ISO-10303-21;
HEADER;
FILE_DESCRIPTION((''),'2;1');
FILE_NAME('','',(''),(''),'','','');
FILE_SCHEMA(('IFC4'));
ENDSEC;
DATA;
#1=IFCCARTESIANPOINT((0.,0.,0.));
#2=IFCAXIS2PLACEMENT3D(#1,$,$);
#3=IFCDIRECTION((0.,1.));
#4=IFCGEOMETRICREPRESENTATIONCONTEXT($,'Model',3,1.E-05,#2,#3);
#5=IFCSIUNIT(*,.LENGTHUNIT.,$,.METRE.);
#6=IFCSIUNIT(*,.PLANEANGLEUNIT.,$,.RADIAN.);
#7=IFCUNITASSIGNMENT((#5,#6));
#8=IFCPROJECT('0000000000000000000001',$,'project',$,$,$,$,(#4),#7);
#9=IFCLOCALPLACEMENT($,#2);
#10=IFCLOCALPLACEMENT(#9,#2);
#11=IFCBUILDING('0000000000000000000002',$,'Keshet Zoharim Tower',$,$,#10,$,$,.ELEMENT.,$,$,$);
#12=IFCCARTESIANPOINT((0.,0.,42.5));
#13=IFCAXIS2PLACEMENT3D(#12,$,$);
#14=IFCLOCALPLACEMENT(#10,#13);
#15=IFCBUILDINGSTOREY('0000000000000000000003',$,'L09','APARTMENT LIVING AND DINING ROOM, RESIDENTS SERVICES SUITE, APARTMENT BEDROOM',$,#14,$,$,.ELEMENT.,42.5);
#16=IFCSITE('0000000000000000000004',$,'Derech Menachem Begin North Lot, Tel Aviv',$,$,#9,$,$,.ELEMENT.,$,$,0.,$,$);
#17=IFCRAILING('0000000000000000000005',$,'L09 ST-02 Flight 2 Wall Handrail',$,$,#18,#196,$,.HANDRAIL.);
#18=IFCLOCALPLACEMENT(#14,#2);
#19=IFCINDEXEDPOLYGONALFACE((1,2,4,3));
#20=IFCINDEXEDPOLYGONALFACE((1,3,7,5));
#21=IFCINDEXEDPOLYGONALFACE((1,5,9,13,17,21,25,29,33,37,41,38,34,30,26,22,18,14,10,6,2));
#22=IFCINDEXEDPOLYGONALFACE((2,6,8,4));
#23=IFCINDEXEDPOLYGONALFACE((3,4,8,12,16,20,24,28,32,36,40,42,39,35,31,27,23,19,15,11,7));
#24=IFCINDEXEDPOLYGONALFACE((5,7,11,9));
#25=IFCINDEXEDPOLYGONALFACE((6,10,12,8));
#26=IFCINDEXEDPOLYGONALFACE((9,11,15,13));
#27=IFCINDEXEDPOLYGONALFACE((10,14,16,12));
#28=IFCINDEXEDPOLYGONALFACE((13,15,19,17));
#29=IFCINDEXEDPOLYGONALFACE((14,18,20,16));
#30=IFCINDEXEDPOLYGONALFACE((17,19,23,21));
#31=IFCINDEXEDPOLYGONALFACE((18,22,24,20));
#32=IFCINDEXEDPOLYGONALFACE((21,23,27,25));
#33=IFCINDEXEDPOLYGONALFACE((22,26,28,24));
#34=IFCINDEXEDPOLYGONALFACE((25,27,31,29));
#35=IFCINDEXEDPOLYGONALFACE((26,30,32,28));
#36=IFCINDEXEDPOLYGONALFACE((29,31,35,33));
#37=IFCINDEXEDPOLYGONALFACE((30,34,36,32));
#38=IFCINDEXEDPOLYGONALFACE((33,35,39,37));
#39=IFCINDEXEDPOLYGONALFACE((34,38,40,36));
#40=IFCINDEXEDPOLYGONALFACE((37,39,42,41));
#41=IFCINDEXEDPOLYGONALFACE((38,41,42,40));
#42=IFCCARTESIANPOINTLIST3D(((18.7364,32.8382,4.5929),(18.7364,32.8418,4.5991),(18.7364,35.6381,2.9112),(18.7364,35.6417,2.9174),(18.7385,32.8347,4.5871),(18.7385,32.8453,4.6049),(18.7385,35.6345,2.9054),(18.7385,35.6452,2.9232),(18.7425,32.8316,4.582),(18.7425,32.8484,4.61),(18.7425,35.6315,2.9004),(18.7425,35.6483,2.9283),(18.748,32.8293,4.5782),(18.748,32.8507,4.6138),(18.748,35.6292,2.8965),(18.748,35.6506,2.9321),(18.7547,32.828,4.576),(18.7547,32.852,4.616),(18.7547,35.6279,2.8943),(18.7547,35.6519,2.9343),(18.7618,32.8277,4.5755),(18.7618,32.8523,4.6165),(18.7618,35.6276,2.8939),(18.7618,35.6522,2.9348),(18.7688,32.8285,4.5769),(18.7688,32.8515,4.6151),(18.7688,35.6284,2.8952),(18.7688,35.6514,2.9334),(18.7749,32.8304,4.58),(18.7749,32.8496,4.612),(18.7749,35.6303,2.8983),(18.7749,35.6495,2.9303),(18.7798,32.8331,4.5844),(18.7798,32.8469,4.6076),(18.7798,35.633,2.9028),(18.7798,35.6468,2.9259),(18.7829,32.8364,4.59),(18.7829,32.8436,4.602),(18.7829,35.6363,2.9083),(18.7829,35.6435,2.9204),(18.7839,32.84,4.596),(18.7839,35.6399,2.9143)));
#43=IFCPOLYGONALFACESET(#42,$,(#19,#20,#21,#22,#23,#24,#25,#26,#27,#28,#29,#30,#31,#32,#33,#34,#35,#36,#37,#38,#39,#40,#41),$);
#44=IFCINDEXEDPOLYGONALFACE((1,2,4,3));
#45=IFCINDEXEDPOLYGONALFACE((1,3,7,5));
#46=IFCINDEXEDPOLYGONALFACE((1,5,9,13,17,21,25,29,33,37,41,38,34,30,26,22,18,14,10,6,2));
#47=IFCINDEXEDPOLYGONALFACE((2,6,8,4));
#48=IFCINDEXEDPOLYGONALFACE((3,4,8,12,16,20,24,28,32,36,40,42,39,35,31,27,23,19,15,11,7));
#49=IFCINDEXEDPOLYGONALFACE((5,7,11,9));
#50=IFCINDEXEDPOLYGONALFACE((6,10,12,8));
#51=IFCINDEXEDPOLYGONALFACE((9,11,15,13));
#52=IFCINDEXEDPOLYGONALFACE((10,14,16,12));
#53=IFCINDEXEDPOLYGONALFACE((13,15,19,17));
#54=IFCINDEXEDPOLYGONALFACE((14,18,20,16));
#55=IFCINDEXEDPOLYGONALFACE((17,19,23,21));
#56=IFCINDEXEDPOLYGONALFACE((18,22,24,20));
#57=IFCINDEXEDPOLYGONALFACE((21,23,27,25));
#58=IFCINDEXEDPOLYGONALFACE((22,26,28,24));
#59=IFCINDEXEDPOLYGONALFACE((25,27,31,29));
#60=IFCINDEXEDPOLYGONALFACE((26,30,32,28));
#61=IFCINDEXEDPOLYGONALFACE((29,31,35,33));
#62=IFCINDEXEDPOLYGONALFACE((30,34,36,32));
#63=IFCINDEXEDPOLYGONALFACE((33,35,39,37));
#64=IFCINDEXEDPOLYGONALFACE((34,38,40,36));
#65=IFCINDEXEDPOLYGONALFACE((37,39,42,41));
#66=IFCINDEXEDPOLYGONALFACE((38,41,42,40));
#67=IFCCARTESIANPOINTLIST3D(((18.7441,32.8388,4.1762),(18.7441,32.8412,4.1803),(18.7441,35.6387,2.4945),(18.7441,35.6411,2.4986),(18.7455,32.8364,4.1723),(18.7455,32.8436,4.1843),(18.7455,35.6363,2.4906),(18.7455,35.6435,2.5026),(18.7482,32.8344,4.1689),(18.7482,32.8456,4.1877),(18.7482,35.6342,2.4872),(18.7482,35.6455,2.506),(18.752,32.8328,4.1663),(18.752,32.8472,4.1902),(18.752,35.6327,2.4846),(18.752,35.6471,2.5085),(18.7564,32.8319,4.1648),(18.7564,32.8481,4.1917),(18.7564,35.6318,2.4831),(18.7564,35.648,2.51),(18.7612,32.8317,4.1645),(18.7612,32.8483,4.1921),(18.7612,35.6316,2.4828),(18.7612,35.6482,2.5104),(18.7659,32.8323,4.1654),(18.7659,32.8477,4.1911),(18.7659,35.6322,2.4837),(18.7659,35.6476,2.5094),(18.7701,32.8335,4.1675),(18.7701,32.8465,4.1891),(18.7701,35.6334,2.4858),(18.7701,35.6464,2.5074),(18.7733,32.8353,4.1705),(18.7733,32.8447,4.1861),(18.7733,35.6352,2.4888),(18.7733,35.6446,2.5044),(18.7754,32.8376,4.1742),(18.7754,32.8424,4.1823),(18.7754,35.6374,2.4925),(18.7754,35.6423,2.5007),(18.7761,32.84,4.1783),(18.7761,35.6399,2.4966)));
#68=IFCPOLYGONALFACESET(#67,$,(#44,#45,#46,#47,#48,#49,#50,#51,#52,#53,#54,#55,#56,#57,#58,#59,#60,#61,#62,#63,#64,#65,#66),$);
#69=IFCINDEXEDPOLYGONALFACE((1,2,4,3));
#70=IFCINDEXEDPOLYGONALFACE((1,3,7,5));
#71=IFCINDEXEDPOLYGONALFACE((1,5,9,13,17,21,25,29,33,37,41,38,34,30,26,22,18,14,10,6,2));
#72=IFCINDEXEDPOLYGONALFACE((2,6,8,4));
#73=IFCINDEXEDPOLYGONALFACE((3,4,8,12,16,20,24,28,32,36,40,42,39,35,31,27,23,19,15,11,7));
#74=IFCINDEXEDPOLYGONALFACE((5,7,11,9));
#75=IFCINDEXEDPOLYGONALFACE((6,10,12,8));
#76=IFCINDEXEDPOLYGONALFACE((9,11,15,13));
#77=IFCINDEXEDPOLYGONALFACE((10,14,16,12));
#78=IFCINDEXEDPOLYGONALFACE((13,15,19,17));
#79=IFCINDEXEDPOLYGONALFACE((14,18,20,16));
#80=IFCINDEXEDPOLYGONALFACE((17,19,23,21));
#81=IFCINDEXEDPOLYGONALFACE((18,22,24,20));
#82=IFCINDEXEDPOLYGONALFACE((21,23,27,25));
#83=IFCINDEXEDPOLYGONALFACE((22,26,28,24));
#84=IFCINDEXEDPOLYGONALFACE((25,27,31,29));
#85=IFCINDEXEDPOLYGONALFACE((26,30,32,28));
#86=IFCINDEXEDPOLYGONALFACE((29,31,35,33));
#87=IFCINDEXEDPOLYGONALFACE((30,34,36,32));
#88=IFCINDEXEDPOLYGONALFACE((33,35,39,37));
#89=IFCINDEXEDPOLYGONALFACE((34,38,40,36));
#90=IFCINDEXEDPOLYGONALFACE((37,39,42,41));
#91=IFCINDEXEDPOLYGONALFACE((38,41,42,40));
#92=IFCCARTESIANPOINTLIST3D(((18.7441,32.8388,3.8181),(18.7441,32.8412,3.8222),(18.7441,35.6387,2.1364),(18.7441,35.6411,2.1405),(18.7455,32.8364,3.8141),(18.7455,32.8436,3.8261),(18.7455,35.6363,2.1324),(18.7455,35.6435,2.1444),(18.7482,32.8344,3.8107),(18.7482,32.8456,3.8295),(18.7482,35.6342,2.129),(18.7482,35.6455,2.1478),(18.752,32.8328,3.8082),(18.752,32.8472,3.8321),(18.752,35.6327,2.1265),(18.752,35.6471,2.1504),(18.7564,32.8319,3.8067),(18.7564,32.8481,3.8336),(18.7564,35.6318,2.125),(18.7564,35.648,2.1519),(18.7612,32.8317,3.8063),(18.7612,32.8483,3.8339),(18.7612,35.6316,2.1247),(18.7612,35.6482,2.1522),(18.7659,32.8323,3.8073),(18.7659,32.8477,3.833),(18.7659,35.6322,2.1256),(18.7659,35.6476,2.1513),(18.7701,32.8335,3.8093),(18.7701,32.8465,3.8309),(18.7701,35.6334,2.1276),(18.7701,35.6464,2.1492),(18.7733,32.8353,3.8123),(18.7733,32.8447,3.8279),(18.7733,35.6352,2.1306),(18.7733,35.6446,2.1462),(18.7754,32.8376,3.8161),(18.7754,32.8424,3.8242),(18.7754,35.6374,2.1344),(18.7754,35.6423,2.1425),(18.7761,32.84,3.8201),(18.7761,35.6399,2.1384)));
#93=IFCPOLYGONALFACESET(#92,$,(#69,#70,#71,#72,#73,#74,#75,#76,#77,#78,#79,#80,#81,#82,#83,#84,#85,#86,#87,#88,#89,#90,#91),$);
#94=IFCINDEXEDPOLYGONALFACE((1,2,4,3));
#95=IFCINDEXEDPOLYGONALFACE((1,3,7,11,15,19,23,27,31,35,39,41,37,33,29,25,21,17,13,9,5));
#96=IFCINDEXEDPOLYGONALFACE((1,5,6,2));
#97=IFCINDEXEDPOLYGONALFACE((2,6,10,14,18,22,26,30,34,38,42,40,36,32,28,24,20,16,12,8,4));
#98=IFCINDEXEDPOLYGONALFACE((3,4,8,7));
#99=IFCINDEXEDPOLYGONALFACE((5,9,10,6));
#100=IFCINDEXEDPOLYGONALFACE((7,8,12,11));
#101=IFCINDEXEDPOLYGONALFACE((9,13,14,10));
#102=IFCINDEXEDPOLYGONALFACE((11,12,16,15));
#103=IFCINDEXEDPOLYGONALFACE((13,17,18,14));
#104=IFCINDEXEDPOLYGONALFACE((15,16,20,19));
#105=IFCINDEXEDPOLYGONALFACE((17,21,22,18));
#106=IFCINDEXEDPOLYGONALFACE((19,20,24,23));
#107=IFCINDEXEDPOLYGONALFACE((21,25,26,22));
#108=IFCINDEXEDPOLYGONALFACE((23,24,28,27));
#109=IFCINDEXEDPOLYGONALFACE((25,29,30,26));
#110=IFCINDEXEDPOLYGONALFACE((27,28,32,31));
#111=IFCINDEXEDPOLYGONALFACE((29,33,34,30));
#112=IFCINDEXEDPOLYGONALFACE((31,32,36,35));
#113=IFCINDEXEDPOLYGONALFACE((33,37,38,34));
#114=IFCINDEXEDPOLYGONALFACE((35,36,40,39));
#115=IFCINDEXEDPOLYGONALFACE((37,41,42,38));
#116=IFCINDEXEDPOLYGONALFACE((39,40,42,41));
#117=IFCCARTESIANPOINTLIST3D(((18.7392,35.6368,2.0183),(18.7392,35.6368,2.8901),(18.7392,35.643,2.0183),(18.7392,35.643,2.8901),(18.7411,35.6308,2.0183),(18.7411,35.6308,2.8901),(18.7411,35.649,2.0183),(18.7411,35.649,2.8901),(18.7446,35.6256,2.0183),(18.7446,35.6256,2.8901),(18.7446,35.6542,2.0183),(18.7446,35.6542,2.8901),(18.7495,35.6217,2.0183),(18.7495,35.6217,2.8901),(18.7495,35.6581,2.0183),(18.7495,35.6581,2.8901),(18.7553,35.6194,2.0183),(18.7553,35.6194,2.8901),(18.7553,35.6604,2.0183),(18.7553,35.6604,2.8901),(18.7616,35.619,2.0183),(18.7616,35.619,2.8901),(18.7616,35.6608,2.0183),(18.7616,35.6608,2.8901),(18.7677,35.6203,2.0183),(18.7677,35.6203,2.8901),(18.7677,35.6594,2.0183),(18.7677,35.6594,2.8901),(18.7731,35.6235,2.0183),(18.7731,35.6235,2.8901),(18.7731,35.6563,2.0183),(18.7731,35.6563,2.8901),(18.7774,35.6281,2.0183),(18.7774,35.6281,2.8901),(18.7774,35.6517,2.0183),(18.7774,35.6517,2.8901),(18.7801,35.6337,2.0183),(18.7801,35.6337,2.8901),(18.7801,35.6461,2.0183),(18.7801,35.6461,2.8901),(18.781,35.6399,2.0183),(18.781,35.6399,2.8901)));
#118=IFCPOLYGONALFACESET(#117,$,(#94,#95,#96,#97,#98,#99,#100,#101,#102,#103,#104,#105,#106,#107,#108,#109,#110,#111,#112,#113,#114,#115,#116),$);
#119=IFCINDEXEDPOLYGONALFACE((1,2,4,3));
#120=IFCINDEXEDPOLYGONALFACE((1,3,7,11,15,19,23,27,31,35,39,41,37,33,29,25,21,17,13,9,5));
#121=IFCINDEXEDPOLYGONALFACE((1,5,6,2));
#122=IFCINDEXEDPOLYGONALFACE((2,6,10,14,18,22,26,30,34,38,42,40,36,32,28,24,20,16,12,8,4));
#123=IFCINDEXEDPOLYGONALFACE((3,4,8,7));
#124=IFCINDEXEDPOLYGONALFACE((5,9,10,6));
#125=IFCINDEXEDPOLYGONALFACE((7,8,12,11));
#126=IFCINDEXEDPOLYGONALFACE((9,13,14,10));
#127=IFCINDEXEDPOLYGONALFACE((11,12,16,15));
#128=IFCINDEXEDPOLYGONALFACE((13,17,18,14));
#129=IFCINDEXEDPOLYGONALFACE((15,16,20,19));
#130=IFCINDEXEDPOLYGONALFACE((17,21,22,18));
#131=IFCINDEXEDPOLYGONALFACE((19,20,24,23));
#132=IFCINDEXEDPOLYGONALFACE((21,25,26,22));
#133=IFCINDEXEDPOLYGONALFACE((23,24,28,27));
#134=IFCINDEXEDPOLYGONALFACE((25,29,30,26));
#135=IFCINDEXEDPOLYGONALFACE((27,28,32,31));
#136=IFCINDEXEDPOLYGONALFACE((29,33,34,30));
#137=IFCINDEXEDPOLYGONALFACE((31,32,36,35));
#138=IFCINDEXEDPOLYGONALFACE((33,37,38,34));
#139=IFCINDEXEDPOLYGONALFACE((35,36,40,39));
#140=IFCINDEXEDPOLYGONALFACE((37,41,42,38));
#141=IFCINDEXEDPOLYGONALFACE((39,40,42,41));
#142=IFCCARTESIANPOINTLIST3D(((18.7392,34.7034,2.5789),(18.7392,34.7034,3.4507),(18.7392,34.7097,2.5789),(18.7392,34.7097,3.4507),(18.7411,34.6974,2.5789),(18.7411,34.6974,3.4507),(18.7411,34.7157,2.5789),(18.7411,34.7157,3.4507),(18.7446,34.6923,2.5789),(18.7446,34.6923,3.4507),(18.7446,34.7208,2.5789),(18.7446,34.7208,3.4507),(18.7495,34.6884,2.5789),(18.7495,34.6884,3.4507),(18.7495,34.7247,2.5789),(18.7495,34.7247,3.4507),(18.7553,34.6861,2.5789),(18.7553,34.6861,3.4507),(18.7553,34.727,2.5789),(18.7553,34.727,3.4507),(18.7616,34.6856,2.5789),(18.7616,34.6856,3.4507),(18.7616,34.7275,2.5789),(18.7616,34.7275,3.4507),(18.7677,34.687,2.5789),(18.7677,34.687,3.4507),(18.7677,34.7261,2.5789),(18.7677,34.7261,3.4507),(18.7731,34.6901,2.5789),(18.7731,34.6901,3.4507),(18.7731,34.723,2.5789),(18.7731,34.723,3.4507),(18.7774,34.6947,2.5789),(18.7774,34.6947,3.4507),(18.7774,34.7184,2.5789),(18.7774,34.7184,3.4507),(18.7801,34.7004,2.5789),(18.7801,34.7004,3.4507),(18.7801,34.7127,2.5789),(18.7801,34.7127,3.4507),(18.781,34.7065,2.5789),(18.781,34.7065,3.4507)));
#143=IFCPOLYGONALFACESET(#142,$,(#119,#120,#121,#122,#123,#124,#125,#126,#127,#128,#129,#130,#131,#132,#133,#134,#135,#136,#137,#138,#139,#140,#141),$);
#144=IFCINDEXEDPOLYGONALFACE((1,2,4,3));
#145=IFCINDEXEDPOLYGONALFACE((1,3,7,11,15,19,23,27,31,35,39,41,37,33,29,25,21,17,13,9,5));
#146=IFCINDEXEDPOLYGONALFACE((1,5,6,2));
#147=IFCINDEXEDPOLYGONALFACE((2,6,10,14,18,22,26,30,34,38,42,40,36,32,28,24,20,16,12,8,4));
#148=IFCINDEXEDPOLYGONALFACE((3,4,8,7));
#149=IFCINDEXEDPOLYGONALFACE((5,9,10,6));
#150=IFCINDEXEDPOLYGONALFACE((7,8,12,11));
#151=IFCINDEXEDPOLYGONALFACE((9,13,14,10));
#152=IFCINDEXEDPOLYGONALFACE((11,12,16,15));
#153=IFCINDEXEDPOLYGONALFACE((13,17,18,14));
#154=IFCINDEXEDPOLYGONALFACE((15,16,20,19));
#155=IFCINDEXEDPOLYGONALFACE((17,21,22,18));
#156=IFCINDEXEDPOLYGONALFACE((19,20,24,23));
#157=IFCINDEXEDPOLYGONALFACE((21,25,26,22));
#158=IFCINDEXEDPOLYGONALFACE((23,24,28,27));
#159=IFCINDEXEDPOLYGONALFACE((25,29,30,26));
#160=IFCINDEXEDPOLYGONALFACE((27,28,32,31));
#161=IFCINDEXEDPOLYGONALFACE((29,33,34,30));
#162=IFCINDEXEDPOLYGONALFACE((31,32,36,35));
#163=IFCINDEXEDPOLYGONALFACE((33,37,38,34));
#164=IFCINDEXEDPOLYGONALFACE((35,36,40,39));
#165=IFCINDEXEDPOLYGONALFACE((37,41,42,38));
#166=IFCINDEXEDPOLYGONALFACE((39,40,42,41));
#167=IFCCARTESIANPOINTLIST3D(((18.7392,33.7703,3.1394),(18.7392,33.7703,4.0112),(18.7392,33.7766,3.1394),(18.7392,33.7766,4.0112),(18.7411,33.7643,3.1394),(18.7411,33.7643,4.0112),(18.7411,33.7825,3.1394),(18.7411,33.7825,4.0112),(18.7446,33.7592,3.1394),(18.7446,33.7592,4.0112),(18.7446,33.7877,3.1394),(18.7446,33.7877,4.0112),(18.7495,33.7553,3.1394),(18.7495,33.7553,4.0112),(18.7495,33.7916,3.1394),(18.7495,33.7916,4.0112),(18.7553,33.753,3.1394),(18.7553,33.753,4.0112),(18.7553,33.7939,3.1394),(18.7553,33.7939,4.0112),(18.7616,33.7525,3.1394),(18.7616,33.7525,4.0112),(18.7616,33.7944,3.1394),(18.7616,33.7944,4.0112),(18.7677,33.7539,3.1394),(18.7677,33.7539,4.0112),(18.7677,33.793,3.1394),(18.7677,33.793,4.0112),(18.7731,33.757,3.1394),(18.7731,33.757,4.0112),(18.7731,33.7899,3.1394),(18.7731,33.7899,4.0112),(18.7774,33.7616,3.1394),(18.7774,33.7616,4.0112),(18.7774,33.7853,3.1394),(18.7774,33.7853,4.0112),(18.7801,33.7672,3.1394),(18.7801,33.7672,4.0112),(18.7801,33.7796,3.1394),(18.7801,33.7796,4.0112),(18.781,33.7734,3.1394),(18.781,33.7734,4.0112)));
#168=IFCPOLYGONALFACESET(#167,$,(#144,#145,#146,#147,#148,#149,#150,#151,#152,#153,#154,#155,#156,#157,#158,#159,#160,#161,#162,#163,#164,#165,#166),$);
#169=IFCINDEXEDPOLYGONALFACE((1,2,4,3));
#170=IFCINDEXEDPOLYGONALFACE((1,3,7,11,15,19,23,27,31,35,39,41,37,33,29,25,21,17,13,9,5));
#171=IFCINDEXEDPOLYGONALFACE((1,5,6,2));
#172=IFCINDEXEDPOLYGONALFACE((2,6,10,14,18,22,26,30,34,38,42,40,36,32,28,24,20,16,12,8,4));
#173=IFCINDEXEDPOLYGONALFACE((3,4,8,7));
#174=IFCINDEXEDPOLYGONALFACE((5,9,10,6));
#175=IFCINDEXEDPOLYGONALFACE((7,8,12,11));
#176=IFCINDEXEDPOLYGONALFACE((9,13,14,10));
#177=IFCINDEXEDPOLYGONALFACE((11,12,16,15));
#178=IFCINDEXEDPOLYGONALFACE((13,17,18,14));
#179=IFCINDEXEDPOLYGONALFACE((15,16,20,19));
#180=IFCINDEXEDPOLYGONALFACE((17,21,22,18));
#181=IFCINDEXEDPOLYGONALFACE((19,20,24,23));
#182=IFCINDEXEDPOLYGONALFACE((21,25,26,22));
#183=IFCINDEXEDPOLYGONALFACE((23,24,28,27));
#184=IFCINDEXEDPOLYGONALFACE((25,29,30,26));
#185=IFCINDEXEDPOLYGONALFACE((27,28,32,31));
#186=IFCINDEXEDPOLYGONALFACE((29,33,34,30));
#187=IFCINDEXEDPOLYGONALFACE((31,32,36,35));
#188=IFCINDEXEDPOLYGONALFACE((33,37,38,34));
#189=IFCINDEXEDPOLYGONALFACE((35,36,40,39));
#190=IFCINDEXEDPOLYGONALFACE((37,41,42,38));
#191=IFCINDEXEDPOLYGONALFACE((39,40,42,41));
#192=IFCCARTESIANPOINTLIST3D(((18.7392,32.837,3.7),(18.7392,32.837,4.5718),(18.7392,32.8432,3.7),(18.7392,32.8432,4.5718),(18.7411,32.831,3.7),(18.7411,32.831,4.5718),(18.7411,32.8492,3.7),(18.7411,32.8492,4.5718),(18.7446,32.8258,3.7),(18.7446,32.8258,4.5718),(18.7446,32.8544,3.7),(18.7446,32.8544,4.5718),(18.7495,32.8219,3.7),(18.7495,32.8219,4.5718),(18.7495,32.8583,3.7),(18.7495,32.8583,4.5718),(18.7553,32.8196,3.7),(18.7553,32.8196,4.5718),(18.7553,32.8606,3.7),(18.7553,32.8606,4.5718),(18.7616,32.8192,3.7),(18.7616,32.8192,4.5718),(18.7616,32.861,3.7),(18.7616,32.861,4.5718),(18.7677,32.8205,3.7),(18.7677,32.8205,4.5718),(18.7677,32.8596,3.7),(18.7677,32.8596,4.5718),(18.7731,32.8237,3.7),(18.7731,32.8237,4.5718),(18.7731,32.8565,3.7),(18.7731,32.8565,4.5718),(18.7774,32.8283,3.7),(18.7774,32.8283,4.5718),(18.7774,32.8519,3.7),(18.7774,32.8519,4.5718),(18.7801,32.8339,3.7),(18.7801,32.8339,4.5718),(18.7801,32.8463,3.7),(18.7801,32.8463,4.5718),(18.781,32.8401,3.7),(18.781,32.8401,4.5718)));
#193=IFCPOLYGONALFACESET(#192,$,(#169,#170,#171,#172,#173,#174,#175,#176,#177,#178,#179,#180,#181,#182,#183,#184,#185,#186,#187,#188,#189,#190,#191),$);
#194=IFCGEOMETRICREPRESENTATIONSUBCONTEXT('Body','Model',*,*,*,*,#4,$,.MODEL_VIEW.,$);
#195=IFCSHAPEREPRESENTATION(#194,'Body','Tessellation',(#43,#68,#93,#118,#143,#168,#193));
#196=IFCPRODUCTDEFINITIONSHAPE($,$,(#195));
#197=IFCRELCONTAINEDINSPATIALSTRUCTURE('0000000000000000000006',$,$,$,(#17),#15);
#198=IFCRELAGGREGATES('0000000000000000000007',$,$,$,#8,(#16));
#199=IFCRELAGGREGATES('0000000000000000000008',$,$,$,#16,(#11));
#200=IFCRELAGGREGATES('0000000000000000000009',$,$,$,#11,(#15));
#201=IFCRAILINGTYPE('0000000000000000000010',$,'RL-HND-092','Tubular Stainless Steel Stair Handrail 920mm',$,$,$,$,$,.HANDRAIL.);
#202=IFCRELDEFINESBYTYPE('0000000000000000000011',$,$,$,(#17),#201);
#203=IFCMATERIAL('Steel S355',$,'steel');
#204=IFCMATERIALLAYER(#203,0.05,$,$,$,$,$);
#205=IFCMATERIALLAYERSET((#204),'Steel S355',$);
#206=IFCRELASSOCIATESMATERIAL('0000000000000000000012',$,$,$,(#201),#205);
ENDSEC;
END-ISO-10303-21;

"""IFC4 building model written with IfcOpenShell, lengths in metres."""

from ifc_helpers import new_model, si_unit, direction, frame, origin, origin_2d, place, context, subcontext, project, spatial, circle, extrude, material, layer, layer_set, type_object, element, save


model = new_model("IFC4")

# Units and contexts
model_context = context("Model", 3, precision=1e-05, world=origin(), true_north=direction((0.0, 1.0)))
body_context = subcontext(model_context, "Body", "Model", "MODEL_VIEW")
ifc_project = project(units=[si_unit("LENGTHUNIT", "METRE"), si_unit("PLANEANGLEUNIT", "RADIAN")], contexts=[model_context])

# Site, building, storey
site_placement = place(None, origin())
site = spatial("IfcSite", under=ifc_project, at=site_placement, Name="Derech Menachem Begin North Lot, Tel Aviv", CompositionType="ELEMENT", RefElevation=0.0)
building_placement = place(site_placement, origin())
building = spatial("IfcBuilding", under=site, at=building_placement, Name="Keshet Zoharim Tower", CompositionType="ELEMENT")
storey_placement = place(building_placement, frame((0.0, 0.0, 42.5)))
storey = spatial("IfcBuildingStorey", under=building, at=storey_placement, Name="L09", Description="APARTMENT LIVING AND DINING ROOM, RESIDENTS SERVICES SUITE, APARTMENT BEDROOM", CompositionType="ELEMENT", Elevation=42.5)

# Railing
ifc_material_1 = material(Name="Steel S355", Category="steel")
ifc_layer_1 = layer(ifc_material_1, 0.05)
ifc_layer_set_1 = layer_set([ifc_layer_1], Name="Steel S355")
railing_type_1 = type_object("IfcRailingType", Name="RL-HND-092", Description="Tubular Stainless Steel Stair Handrail 920mm", PredefinedType="HANDRAIL", material=ifc_layer_set_1)
railing_1_placement = place(storey_placement, frame((18.76, 35.6399, 2.0183)))
element("IfcRailing", 1, at=railing_1_placement, inside=storey, type_object=railing_type_1, Name="L09 ST-02 Flight 2 Wall Handrail", PredefinedType="HANDRAIL", context=body_context, shape_type="SweptSolid", body=[
    extrude(circle(Radius=0.0239, at=origin_2d()), frame((0.0, 0.0, 0.896), z_axis=(0.0, -0.857255, 0.514891), x_axis=(1.0, 0.0, 0.0)), (0.0, 0.0, 1.0), 3.2661),
    extrude(circle(Radius=0.0161, at=origin_2d()), frame((0.0, 0.0, 0.4783), z_axis=(0.0, -0.857255, 0.514891), x_axis=(1.0, 0.0, 0.0)), (0.0, 0.0, 1.0), 3.2661),
    extrude(circle(Radius=0.0161, at=origin_2d()), frame((0.0, 0.0, 0.1201), z_axis=(0.0, -0.857255, 0.514891), x_axis=(1.0, 0.0, 0.0)), (0.0, 0.0, 1.0), 3.2661),
    extrude(circle(Radius=0.021, at=origin_2d()), origin(), (0.0, 0.0, 1.0), 0.8718),
    extrude(circle(Radius=0.021, at=origin_2d()), frame((0.0, -0.9333, 0.5605)), (0.0, 0.0, 1.0), 0.8718),
    extrude(circle(Radius=0.021, at=origin_2d()), frame((0.0, -1.8665, 1.1211)), (0.0, 0.0, 1.0), 0.8718),
    extrude(circle(Radius=0.021, at=origin_2d()), frame((0.0, -2.7998, 1.6816)), (0.0, 0.0, 1.0), 0.8718),
])

save(model, "model.ifc")
